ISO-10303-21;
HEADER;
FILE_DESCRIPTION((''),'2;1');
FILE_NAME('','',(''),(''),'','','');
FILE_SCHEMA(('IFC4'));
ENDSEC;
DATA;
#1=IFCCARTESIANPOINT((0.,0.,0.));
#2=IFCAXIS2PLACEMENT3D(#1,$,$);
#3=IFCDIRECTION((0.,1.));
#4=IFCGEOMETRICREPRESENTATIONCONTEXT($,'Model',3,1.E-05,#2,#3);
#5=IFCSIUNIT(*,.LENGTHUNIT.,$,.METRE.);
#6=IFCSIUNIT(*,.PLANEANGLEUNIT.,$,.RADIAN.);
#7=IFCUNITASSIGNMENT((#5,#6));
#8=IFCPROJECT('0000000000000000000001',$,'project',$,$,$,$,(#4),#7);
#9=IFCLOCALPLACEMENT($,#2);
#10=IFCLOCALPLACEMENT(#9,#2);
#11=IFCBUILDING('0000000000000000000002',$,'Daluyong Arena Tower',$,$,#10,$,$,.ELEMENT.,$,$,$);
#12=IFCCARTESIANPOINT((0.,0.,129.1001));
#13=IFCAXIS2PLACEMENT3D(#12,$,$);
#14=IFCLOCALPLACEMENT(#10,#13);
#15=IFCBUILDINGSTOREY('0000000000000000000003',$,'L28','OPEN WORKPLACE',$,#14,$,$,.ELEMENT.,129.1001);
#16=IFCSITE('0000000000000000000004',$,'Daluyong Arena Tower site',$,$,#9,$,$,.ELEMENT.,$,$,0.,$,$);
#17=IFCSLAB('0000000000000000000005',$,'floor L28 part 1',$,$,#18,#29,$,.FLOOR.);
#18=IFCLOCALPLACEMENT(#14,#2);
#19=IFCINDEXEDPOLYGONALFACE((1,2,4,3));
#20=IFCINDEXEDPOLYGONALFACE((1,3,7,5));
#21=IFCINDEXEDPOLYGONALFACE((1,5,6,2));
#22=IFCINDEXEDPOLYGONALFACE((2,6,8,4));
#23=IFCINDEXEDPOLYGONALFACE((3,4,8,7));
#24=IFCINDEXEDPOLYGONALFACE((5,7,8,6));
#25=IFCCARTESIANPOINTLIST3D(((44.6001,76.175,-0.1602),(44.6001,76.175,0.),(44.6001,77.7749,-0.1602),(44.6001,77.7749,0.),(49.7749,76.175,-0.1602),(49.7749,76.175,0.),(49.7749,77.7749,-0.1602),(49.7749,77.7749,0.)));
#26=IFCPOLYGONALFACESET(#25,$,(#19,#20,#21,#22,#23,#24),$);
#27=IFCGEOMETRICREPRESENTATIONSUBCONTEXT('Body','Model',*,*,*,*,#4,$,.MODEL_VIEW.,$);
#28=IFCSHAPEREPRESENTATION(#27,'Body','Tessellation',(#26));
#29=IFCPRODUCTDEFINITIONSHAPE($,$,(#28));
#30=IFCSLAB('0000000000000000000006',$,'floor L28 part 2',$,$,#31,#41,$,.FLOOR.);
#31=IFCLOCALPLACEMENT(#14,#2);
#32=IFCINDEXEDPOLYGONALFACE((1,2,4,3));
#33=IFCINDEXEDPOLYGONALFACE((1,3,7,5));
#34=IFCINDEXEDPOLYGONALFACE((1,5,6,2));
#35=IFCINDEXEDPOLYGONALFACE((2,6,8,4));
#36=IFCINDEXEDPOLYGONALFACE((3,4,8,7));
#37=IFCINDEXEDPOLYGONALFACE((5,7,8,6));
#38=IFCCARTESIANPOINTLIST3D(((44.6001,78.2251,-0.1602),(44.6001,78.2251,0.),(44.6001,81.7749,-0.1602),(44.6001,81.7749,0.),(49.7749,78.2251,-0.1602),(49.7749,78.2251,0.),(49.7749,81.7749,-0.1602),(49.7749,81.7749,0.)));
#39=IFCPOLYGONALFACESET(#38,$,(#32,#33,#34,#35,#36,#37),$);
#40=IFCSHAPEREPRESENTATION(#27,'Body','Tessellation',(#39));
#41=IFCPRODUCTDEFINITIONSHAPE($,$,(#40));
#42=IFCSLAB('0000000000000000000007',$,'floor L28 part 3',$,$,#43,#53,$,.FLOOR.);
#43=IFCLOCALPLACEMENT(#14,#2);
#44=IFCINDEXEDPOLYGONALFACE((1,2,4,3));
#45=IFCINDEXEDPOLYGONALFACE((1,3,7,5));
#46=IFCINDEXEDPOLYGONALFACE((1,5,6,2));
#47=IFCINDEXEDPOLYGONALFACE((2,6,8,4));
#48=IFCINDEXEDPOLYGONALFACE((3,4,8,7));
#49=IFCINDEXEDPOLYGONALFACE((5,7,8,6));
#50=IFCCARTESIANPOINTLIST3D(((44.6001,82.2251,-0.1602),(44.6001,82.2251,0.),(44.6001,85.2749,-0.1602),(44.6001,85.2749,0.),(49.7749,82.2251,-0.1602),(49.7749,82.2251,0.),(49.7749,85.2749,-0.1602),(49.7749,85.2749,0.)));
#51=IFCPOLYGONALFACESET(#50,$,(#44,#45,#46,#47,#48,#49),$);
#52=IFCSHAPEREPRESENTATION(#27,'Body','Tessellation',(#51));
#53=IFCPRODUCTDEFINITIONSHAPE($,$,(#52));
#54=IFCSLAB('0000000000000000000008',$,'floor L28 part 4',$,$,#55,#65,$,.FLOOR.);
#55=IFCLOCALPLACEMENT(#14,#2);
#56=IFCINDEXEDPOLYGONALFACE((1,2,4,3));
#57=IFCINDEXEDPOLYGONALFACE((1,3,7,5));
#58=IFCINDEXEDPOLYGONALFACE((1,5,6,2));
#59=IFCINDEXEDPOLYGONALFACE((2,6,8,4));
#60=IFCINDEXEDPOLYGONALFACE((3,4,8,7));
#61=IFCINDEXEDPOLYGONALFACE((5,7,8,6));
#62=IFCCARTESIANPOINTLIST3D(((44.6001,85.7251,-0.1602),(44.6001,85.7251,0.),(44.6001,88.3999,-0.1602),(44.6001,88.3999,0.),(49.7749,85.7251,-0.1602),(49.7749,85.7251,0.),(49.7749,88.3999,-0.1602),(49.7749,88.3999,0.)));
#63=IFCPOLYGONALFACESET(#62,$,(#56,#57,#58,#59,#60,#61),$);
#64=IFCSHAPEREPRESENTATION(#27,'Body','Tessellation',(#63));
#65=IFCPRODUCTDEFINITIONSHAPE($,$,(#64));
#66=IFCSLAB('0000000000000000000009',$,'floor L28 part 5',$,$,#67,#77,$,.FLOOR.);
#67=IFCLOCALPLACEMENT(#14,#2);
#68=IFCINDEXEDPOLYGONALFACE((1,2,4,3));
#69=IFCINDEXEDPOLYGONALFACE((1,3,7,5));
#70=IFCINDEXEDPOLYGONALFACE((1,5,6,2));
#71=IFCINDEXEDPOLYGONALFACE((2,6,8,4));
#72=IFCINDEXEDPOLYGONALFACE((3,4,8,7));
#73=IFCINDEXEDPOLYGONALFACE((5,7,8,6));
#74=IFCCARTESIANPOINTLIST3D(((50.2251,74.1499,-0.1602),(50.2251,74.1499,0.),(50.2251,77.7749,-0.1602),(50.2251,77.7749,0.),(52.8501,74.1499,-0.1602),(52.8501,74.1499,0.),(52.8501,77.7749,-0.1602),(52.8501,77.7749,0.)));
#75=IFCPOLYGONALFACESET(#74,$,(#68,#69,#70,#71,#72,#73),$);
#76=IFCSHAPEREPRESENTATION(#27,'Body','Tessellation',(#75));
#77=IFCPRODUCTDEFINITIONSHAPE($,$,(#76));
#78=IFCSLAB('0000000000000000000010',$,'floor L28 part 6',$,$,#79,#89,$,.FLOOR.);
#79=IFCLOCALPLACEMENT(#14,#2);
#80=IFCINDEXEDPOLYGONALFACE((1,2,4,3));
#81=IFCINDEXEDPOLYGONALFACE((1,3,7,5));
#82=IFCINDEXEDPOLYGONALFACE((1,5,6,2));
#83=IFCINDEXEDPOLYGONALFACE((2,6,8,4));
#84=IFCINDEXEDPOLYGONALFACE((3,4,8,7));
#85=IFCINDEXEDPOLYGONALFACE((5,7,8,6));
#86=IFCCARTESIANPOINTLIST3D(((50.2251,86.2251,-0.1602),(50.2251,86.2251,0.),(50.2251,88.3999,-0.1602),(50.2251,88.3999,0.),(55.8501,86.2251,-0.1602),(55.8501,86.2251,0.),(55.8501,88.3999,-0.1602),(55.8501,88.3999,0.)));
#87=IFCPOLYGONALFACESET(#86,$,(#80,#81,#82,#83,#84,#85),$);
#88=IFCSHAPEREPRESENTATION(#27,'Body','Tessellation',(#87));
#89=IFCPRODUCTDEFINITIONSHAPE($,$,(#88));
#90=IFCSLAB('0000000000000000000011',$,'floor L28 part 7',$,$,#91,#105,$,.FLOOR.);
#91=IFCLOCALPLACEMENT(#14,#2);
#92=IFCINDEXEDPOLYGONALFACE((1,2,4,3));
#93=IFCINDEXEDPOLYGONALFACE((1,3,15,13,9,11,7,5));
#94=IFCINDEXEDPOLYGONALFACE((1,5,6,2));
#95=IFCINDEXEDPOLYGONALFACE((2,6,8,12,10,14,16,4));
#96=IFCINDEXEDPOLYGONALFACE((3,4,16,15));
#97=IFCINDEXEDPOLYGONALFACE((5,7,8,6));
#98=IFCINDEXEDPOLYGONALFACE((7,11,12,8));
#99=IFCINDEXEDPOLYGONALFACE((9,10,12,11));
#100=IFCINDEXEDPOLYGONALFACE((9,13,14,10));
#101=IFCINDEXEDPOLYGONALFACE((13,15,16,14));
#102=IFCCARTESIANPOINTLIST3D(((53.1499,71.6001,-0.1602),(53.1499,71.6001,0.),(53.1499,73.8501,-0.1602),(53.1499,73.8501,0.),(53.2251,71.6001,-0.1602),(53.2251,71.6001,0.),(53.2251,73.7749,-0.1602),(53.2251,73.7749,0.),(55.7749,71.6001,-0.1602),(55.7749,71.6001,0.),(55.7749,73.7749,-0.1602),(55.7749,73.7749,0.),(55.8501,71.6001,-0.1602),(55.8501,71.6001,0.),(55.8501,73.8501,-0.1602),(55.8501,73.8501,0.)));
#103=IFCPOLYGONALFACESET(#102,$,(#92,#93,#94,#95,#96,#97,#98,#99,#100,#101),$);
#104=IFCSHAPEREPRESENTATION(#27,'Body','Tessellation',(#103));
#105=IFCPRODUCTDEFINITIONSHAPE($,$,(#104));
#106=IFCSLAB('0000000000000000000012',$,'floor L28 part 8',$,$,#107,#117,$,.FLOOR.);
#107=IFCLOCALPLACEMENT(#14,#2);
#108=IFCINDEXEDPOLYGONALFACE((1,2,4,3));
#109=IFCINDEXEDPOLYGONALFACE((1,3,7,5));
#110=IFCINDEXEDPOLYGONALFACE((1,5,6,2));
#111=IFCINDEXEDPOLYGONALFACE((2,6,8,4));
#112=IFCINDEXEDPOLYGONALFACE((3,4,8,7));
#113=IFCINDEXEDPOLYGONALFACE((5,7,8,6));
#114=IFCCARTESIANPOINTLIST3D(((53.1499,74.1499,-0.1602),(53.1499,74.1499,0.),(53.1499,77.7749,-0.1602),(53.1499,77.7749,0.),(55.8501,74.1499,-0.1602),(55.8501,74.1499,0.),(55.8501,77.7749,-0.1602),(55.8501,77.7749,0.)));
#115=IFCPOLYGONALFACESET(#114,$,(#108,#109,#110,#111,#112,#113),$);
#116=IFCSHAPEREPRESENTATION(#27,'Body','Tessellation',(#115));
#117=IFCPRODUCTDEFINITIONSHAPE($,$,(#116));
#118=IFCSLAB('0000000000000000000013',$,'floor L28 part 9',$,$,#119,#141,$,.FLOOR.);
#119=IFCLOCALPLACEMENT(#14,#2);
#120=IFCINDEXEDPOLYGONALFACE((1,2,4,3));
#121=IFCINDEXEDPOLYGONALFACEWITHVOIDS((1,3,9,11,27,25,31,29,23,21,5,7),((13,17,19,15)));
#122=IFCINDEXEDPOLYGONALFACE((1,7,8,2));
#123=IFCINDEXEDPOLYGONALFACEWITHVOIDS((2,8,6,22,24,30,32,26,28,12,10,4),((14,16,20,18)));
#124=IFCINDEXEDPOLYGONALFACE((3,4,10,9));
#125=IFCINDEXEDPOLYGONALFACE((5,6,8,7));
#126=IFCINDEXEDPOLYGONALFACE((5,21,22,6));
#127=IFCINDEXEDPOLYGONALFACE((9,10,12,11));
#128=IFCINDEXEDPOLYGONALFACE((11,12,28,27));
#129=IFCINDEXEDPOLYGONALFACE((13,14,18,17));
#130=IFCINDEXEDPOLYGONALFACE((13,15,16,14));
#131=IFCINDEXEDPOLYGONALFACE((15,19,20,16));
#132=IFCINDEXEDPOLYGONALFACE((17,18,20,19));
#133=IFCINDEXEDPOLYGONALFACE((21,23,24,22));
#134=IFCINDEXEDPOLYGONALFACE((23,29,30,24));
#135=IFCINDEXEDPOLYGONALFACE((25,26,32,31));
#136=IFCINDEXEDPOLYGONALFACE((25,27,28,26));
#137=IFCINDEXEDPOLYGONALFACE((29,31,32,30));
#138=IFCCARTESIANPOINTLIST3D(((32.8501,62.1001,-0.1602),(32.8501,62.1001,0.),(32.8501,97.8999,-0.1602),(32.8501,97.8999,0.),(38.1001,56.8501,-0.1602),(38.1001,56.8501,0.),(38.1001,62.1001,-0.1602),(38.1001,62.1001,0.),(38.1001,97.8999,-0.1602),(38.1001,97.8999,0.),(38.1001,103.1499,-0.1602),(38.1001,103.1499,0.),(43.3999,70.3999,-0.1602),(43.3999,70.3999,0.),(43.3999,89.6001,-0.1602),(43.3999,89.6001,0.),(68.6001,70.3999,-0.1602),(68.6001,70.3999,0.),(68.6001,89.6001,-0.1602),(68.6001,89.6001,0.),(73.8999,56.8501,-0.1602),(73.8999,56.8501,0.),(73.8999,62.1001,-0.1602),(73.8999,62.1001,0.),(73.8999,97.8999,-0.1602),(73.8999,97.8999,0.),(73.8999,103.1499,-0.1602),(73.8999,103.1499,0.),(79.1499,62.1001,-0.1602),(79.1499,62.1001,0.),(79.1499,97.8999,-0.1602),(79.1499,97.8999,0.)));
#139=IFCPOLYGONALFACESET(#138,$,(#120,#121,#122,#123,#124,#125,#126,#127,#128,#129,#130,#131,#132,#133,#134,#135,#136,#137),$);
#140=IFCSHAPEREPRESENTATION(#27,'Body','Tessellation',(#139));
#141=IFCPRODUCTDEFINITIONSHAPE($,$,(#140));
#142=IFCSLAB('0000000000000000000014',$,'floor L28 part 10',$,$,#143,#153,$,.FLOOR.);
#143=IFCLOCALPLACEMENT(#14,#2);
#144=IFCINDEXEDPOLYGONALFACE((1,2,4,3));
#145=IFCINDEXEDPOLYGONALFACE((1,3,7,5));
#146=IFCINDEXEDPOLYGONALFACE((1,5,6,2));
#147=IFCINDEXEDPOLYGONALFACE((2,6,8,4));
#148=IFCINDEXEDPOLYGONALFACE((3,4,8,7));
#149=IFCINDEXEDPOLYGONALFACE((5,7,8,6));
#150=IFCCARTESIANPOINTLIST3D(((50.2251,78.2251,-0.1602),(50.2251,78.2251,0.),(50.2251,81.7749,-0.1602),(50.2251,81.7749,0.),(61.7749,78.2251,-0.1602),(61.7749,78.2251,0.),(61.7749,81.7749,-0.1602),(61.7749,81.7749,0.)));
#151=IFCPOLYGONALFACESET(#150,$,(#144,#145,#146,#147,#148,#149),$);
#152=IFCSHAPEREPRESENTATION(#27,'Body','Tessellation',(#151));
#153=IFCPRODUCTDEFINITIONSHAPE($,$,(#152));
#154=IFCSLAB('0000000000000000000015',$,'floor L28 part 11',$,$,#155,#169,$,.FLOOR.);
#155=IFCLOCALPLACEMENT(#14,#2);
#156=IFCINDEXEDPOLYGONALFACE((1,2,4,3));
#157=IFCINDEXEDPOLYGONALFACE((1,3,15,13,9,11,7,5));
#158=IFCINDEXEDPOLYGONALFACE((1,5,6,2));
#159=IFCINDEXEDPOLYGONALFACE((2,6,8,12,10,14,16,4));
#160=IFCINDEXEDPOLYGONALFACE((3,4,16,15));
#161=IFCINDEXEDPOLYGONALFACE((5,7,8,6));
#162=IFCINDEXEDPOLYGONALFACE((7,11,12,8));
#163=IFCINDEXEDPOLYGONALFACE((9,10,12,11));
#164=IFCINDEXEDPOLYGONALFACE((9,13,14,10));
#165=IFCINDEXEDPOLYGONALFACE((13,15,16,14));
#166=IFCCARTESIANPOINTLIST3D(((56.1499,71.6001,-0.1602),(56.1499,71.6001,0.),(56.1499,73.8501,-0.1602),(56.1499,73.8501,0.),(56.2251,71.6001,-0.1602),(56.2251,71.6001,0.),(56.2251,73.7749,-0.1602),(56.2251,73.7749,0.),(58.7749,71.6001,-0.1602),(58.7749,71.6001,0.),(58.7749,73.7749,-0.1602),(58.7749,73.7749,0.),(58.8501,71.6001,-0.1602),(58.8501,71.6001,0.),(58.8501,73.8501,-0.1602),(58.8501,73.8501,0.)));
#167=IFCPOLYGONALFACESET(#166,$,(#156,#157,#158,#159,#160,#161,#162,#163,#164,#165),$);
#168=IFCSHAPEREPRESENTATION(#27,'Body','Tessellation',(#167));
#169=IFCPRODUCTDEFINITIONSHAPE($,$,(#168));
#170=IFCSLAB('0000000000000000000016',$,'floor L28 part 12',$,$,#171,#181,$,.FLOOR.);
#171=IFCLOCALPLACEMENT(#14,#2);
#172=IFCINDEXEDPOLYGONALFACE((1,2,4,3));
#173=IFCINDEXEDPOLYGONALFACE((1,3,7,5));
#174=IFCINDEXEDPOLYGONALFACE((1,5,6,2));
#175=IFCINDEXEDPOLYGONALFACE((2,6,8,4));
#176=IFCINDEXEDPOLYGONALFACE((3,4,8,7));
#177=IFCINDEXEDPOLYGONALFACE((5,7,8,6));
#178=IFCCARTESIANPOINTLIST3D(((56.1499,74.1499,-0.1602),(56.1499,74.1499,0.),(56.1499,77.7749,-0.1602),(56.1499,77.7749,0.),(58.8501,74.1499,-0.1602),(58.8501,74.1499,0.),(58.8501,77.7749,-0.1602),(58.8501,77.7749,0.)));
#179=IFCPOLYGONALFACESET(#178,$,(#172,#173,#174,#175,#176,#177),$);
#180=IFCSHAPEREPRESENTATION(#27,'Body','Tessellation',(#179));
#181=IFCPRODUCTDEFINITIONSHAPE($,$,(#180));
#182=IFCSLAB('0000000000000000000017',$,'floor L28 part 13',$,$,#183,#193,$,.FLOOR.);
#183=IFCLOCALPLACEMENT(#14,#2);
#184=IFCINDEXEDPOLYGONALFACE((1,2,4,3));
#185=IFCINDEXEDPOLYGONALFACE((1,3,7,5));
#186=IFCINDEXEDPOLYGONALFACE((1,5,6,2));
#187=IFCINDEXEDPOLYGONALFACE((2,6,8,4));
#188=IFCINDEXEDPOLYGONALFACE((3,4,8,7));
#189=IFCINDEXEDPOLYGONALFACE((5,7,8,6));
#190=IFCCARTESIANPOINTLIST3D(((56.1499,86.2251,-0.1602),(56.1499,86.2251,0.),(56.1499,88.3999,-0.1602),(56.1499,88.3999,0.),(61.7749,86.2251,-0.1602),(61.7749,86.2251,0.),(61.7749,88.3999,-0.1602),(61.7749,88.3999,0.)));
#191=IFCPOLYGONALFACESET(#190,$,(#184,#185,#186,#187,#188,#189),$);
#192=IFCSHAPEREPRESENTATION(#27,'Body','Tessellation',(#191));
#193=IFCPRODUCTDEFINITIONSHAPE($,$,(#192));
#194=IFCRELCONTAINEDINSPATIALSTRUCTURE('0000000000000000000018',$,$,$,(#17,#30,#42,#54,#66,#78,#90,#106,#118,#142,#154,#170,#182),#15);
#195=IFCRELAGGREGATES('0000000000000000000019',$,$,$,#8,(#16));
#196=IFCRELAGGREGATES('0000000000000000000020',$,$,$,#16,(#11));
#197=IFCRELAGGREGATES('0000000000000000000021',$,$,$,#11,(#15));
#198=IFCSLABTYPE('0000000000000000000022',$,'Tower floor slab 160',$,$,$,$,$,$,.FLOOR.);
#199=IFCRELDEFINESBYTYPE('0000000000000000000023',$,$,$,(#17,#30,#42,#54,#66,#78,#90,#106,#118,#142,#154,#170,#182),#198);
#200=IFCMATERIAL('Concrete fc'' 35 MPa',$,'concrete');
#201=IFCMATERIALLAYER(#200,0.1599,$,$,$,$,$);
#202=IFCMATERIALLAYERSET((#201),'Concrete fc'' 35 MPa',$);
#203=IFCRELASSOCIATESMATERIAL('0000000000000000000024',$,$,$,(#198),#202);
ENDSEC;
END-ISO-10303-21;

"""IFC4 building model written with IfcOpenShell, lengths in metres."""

from ifc_helpers import new_model, si_unit, direction, frame, origin, place, context, subcontext, project, spatial, polyline, outline, extrude, material, layer, layer_set, type_object, element, save


model = new_model("IFC4")

# Units and contexts
model_context = context("Model", 3, precision=1e-05, world=origin(), true_north=direction((0.0, 1.0)))
body_context = subcontext(model_context, "Body", "Model", "MODEL_VIEW")
ifc_project = project(units=[si_unit("LENGTHUNIT", "METRE"), si_unit("PLANEANGLEUNIT", "RADIAN")], contexts=[model_context])

# Site, building, storey
site_placement = place(None, origin())
site = spatial("IfcSite", under=ifc_project, at=site_placement, Name="Daluyong Arena Tower site", CompositionType="ELEMENT", RefElevation=0.0)
building_placement = place(site_placement, origin())
building = spatial("IfcBuilding", under=site, at=building_placement, Name="Daluyong Arena Tower", CompositionType="ELEMENT")
storey_placement = place(building_placement, frame((0.0, 0.0, 129.1001)))
storey = spatial("IfcBuildingStorey", under=building, at=storey_placement, Name="L28", Description="OPEN WORKPLACE", CompositionType="ELEMENT", Elevation=129.1001)

# Slabs
ifc_material_1 = material(Name="Concrete fc' 35 MPa", Category="concrete")
ifc_layer_1 = layer(ifc_material_1, 0.1599)
ifc_layer_set_1 = layer_set([ifc_layer_1], Name="Concrete fc' 35 MPa")
slab_type = type_object("IfcSlabType", Name="Tower floor slab 160", PredefinedType="FLOOR", material=ifc_layer_set_1)
slab_1_placement = place(storey_placement, frame((0.0, 0.0, -0.1602)))
element("IfcSlab", 1, at=slab_1_placement, inside=storey, type_object=slab_type, Name="floor L28 part 1", PredefinedType="FLOOR", context=body_context, shape_type="SweptSolid", body=[
    extrude(outline(polyline([(49.7749, 76.175), (49.7749, 77.7749), (44.6001, 77.7749), (44.6001, 76.175), (49.7749, 76.175)])), origin(), (0.0, 0.0, 1.0), 0.1602),
])
slab_2_placement = place(storey_placement, frame((0.0, 0.0, -0.1602)))
element("IfcSlab", 2, at=slab_2_placement, inside=storey, type_object=slab_type, Name="floor L28 part 2", PredefinedType="FLOOR", context=body_context, shape_type="SweptSolid", body=[
    extrude(outline(polyline([(44.6001, 78.2251), (49.7749, 78.2251), (49.7749, 81.7749), (44.6001, 81.7749), (44.6001, 78.2251)])), origin(), (0.0, 0.0, 1.0), 0.1602),
])
slab_3_placement = place(storey_placement, frame((0.0, 0.0, -0.1602)))
element("IfcSlab", 3, at=slab_3_placement, inside=storey, type_object=slab_type, Name="floor L28 part 3", PredefinedType="FLOOR", context=body_context, shape_type="SweptSolid", body=[
    extrude(outline(polyline([(44.6001, 82.2251), (49.7749, 82.2251), (49.7749, 85.2749), (44.6001, 85.2749), (44.6001, 82.2251)])), origin(), (0.0, 0.0, 1.0), 0.1602),
])
slab_4_placement = place(storey_placement, frame((0.0, 0.0, -0.1602)))
element("IfcSlab", 4, at=slab_4_placement, inside=storey, type_object=slab_type, Name="floor L28 part 4", PredefinedType="FLOOR", context=body_context, shape_type="SweptSolid", body=[
    extrude(outline(polyline([(49.7749, 88.3999), (44.6001, 88.3999), (44.6001, 85.7251), (49.7749, 85.7251), (49.7749, 88.3999)])), origin(), (0.0, 0.0, 1.0), 0.1602),
])
slab_5_placement = place(storey_placement, frame((0.0, 0.0, -0.1602)))
element("IfcSlab", 5, at=slab_5_placement, inside=storey, type_object=slab_type, Name="floor L28 part 5", PredefinedType="FLOOR", context=body_context, shape_type="SweptSolid", body=[
    extrude(outline(polyline([(52.8501, 77.7749), (50.2251, 77.7749), (50.2251, 74.1499), (52.8501, 74.1499), (52.8501, 77.7749)])), origin(), (0.0, 0.0, 1.0), 0.1602),
])
slab_6_placement = place(storey_placement, frame((0.0, 0.0, -0.1602)))
element("IfcSlab", 6, at=slab_6_placement, inside=storey, type_object=slab_type, Name="floor L28 part 6", PredefinedType="FLOOR", context=body_context, shape_type="SweptSolid", body=[
    extrude(outline(polyline([(55.8501, 88.3999), (50.2251, 88.3999), (50.2251, 86.2251), (55.8501, 86.2251), (55.8501, 88.3999)])), origin(), (0.0, 0.0, 1.0), 0.1602),
])
slab_7_placement = place(storey_placement, frame((0.0, 0.0, -0.1602)))
element("IfcSlab", 7, at=slab_7_placement, inside=storey, type_object=slab_type, Name="floor L28 part 7", PredefinedType="FLOOR", context=body_context, shape_type="SweptSolid", body=[
    extrude(outline(polyline([(55.7749, 73.7749), (55.7749, 71.6001), (55.8501, 71.6001), (55.8501, 73.8501), (53.1499, 73.8501), (53.1499, 71.6001), (53.2251, 71.6001), (53.2251, 73.7749), (55.7749, 73.7749)])), origin(), (0.0, 0.0, 1.0), 0.1602),
])
slab_8_placement = place(storey_placement, frame((0.0, 0.0, -0.1602)))
element("IfcSlab", 8, at=slab_8_placement, inside=storey, type_object=slab_type, Name="floor L28 part 8", PredefinedType="FLOOR", context=body_context, shape_type="SweptSolid", body=[
    extrude(outline(polyline([(55.8501, 77.7749), (53.1499, 77.7749), (53.1499, 74.1499), (55.8501, 74.1499), (55.8501, 77.7749)])), origin(), (0.0, 0.0, 1.0), 0.1602),
])
slab_9_placement = place(storey_placement, frame((0.0, 0.0, -0.1602)))
element("IfcSlab", 9, at=slab_9_placement, inside=storey, type_object=slab_type, Name="floor L28 part 9", PredefinedType="FLOOR", context=body_context, shape_type="SweptSolid", body=[
    extrude(outline(polyline([(38.1001, 62.1001), (38.1001, 56.8501), (73.8999, 56.8501), (73.8999, 62.1001), (79.1499, 62.1001), (79.1499, 97.8999), (73.8999, 97.8999), (73.8999, 103.1499), (38.1001, 103.1499), (38.1001, 97.8999), (32.8501, 97.8999), (32.8501, 62.1001), (38.1001, 62.1001)]), holes=[polyline([(68.6001, 89.6001), (68.6001, 70.3999), (43.3999, 70.3999), (43.3999, 89.6001), (68.6001, 89.6001)])]), origin(), (0.0, 0.0, 1.0), 0.1602),
])
slab_10_placement = place(storey_placement, frame((0.0, 0.0, -0.1602)))
element("IfcSlab", 10, at=slab_10_placement, inside=storey, type_object=slab_type, Name="floor L28 part 10", PredefinedType="FLOOR", context=body_context, shape_type="SweptSolid", body=[
    extrude(outline(polyline([(61.7749, 78.2251), (61.7749, 81.7749), (50.2251, 81.7749), (50.2251, 78.2251), (61.7749, 78.2251)])), origin(), (0.0, 0.0, 1.0), 0.1602),
])
slab_11_placement = place(storey_placement, frame((0.0, 0.0, -0.1602)))
element("IfcSlab", 11, at=slab_11_placement, inside=storey, type_object=slab_type, Name="floor L28 part 11", PredefinedType="FLOOR", context=body_context, shape_type="SweptSolid", body=[
    extrude(outline(polyline([(58.8501, 71.6001), (58.8501, 73.8501), (56.1499, 73.8501), (56.1499, 71.6001), (56.2251, 71.6001), (56.2251, 73.7749), (58.7749, 73.7749), (58.7749, 71.6001), (58.8501, 71.6001)])), origin(), (0.0, 0.0, 1.0), 0.1602),
])
slab_12_placement = place(storey_placement, frame((0.0, 0.0, -0.1602)))
element("IfcSlab", 12, at=slab_12_placement, inside=storey, type_object=slab_type, Name="floor L28 part 12", PredefinedType="FLOOR", context=body_context, shape_type="SweptSolid", body=[
    extrude(outline(polyline([(58.8501, 77.7749), (56.1499, 77.7749), (56.1499, 74.1499), (58.8501, 74.1499), (58.8501, 77.7749)])), origin(), (0.0, 0.0, 1.0), 0.1602),
])
slab_13_placement = place(storey_placement, frame((0.0, 0.0, -0.1602)))
element("IfcSlab", 13, at=slab_13_placement, inside=storey, type_object=slab_type, Name="floor L28 part 13", PredefinedType="FLOOR", context=body_context, shape_type="SweptSolid", body=[
    extrude(outline(polyline([(56.1499, 88.3999), (56.1499, 86.2251), (61.7749, 86.2251), (61.7749, 88.3999), (56.1499, 88.3999)])), origin(), (0.0, 0.0, 1.0), 0.1602),
])

save(model, "model.ifc")
